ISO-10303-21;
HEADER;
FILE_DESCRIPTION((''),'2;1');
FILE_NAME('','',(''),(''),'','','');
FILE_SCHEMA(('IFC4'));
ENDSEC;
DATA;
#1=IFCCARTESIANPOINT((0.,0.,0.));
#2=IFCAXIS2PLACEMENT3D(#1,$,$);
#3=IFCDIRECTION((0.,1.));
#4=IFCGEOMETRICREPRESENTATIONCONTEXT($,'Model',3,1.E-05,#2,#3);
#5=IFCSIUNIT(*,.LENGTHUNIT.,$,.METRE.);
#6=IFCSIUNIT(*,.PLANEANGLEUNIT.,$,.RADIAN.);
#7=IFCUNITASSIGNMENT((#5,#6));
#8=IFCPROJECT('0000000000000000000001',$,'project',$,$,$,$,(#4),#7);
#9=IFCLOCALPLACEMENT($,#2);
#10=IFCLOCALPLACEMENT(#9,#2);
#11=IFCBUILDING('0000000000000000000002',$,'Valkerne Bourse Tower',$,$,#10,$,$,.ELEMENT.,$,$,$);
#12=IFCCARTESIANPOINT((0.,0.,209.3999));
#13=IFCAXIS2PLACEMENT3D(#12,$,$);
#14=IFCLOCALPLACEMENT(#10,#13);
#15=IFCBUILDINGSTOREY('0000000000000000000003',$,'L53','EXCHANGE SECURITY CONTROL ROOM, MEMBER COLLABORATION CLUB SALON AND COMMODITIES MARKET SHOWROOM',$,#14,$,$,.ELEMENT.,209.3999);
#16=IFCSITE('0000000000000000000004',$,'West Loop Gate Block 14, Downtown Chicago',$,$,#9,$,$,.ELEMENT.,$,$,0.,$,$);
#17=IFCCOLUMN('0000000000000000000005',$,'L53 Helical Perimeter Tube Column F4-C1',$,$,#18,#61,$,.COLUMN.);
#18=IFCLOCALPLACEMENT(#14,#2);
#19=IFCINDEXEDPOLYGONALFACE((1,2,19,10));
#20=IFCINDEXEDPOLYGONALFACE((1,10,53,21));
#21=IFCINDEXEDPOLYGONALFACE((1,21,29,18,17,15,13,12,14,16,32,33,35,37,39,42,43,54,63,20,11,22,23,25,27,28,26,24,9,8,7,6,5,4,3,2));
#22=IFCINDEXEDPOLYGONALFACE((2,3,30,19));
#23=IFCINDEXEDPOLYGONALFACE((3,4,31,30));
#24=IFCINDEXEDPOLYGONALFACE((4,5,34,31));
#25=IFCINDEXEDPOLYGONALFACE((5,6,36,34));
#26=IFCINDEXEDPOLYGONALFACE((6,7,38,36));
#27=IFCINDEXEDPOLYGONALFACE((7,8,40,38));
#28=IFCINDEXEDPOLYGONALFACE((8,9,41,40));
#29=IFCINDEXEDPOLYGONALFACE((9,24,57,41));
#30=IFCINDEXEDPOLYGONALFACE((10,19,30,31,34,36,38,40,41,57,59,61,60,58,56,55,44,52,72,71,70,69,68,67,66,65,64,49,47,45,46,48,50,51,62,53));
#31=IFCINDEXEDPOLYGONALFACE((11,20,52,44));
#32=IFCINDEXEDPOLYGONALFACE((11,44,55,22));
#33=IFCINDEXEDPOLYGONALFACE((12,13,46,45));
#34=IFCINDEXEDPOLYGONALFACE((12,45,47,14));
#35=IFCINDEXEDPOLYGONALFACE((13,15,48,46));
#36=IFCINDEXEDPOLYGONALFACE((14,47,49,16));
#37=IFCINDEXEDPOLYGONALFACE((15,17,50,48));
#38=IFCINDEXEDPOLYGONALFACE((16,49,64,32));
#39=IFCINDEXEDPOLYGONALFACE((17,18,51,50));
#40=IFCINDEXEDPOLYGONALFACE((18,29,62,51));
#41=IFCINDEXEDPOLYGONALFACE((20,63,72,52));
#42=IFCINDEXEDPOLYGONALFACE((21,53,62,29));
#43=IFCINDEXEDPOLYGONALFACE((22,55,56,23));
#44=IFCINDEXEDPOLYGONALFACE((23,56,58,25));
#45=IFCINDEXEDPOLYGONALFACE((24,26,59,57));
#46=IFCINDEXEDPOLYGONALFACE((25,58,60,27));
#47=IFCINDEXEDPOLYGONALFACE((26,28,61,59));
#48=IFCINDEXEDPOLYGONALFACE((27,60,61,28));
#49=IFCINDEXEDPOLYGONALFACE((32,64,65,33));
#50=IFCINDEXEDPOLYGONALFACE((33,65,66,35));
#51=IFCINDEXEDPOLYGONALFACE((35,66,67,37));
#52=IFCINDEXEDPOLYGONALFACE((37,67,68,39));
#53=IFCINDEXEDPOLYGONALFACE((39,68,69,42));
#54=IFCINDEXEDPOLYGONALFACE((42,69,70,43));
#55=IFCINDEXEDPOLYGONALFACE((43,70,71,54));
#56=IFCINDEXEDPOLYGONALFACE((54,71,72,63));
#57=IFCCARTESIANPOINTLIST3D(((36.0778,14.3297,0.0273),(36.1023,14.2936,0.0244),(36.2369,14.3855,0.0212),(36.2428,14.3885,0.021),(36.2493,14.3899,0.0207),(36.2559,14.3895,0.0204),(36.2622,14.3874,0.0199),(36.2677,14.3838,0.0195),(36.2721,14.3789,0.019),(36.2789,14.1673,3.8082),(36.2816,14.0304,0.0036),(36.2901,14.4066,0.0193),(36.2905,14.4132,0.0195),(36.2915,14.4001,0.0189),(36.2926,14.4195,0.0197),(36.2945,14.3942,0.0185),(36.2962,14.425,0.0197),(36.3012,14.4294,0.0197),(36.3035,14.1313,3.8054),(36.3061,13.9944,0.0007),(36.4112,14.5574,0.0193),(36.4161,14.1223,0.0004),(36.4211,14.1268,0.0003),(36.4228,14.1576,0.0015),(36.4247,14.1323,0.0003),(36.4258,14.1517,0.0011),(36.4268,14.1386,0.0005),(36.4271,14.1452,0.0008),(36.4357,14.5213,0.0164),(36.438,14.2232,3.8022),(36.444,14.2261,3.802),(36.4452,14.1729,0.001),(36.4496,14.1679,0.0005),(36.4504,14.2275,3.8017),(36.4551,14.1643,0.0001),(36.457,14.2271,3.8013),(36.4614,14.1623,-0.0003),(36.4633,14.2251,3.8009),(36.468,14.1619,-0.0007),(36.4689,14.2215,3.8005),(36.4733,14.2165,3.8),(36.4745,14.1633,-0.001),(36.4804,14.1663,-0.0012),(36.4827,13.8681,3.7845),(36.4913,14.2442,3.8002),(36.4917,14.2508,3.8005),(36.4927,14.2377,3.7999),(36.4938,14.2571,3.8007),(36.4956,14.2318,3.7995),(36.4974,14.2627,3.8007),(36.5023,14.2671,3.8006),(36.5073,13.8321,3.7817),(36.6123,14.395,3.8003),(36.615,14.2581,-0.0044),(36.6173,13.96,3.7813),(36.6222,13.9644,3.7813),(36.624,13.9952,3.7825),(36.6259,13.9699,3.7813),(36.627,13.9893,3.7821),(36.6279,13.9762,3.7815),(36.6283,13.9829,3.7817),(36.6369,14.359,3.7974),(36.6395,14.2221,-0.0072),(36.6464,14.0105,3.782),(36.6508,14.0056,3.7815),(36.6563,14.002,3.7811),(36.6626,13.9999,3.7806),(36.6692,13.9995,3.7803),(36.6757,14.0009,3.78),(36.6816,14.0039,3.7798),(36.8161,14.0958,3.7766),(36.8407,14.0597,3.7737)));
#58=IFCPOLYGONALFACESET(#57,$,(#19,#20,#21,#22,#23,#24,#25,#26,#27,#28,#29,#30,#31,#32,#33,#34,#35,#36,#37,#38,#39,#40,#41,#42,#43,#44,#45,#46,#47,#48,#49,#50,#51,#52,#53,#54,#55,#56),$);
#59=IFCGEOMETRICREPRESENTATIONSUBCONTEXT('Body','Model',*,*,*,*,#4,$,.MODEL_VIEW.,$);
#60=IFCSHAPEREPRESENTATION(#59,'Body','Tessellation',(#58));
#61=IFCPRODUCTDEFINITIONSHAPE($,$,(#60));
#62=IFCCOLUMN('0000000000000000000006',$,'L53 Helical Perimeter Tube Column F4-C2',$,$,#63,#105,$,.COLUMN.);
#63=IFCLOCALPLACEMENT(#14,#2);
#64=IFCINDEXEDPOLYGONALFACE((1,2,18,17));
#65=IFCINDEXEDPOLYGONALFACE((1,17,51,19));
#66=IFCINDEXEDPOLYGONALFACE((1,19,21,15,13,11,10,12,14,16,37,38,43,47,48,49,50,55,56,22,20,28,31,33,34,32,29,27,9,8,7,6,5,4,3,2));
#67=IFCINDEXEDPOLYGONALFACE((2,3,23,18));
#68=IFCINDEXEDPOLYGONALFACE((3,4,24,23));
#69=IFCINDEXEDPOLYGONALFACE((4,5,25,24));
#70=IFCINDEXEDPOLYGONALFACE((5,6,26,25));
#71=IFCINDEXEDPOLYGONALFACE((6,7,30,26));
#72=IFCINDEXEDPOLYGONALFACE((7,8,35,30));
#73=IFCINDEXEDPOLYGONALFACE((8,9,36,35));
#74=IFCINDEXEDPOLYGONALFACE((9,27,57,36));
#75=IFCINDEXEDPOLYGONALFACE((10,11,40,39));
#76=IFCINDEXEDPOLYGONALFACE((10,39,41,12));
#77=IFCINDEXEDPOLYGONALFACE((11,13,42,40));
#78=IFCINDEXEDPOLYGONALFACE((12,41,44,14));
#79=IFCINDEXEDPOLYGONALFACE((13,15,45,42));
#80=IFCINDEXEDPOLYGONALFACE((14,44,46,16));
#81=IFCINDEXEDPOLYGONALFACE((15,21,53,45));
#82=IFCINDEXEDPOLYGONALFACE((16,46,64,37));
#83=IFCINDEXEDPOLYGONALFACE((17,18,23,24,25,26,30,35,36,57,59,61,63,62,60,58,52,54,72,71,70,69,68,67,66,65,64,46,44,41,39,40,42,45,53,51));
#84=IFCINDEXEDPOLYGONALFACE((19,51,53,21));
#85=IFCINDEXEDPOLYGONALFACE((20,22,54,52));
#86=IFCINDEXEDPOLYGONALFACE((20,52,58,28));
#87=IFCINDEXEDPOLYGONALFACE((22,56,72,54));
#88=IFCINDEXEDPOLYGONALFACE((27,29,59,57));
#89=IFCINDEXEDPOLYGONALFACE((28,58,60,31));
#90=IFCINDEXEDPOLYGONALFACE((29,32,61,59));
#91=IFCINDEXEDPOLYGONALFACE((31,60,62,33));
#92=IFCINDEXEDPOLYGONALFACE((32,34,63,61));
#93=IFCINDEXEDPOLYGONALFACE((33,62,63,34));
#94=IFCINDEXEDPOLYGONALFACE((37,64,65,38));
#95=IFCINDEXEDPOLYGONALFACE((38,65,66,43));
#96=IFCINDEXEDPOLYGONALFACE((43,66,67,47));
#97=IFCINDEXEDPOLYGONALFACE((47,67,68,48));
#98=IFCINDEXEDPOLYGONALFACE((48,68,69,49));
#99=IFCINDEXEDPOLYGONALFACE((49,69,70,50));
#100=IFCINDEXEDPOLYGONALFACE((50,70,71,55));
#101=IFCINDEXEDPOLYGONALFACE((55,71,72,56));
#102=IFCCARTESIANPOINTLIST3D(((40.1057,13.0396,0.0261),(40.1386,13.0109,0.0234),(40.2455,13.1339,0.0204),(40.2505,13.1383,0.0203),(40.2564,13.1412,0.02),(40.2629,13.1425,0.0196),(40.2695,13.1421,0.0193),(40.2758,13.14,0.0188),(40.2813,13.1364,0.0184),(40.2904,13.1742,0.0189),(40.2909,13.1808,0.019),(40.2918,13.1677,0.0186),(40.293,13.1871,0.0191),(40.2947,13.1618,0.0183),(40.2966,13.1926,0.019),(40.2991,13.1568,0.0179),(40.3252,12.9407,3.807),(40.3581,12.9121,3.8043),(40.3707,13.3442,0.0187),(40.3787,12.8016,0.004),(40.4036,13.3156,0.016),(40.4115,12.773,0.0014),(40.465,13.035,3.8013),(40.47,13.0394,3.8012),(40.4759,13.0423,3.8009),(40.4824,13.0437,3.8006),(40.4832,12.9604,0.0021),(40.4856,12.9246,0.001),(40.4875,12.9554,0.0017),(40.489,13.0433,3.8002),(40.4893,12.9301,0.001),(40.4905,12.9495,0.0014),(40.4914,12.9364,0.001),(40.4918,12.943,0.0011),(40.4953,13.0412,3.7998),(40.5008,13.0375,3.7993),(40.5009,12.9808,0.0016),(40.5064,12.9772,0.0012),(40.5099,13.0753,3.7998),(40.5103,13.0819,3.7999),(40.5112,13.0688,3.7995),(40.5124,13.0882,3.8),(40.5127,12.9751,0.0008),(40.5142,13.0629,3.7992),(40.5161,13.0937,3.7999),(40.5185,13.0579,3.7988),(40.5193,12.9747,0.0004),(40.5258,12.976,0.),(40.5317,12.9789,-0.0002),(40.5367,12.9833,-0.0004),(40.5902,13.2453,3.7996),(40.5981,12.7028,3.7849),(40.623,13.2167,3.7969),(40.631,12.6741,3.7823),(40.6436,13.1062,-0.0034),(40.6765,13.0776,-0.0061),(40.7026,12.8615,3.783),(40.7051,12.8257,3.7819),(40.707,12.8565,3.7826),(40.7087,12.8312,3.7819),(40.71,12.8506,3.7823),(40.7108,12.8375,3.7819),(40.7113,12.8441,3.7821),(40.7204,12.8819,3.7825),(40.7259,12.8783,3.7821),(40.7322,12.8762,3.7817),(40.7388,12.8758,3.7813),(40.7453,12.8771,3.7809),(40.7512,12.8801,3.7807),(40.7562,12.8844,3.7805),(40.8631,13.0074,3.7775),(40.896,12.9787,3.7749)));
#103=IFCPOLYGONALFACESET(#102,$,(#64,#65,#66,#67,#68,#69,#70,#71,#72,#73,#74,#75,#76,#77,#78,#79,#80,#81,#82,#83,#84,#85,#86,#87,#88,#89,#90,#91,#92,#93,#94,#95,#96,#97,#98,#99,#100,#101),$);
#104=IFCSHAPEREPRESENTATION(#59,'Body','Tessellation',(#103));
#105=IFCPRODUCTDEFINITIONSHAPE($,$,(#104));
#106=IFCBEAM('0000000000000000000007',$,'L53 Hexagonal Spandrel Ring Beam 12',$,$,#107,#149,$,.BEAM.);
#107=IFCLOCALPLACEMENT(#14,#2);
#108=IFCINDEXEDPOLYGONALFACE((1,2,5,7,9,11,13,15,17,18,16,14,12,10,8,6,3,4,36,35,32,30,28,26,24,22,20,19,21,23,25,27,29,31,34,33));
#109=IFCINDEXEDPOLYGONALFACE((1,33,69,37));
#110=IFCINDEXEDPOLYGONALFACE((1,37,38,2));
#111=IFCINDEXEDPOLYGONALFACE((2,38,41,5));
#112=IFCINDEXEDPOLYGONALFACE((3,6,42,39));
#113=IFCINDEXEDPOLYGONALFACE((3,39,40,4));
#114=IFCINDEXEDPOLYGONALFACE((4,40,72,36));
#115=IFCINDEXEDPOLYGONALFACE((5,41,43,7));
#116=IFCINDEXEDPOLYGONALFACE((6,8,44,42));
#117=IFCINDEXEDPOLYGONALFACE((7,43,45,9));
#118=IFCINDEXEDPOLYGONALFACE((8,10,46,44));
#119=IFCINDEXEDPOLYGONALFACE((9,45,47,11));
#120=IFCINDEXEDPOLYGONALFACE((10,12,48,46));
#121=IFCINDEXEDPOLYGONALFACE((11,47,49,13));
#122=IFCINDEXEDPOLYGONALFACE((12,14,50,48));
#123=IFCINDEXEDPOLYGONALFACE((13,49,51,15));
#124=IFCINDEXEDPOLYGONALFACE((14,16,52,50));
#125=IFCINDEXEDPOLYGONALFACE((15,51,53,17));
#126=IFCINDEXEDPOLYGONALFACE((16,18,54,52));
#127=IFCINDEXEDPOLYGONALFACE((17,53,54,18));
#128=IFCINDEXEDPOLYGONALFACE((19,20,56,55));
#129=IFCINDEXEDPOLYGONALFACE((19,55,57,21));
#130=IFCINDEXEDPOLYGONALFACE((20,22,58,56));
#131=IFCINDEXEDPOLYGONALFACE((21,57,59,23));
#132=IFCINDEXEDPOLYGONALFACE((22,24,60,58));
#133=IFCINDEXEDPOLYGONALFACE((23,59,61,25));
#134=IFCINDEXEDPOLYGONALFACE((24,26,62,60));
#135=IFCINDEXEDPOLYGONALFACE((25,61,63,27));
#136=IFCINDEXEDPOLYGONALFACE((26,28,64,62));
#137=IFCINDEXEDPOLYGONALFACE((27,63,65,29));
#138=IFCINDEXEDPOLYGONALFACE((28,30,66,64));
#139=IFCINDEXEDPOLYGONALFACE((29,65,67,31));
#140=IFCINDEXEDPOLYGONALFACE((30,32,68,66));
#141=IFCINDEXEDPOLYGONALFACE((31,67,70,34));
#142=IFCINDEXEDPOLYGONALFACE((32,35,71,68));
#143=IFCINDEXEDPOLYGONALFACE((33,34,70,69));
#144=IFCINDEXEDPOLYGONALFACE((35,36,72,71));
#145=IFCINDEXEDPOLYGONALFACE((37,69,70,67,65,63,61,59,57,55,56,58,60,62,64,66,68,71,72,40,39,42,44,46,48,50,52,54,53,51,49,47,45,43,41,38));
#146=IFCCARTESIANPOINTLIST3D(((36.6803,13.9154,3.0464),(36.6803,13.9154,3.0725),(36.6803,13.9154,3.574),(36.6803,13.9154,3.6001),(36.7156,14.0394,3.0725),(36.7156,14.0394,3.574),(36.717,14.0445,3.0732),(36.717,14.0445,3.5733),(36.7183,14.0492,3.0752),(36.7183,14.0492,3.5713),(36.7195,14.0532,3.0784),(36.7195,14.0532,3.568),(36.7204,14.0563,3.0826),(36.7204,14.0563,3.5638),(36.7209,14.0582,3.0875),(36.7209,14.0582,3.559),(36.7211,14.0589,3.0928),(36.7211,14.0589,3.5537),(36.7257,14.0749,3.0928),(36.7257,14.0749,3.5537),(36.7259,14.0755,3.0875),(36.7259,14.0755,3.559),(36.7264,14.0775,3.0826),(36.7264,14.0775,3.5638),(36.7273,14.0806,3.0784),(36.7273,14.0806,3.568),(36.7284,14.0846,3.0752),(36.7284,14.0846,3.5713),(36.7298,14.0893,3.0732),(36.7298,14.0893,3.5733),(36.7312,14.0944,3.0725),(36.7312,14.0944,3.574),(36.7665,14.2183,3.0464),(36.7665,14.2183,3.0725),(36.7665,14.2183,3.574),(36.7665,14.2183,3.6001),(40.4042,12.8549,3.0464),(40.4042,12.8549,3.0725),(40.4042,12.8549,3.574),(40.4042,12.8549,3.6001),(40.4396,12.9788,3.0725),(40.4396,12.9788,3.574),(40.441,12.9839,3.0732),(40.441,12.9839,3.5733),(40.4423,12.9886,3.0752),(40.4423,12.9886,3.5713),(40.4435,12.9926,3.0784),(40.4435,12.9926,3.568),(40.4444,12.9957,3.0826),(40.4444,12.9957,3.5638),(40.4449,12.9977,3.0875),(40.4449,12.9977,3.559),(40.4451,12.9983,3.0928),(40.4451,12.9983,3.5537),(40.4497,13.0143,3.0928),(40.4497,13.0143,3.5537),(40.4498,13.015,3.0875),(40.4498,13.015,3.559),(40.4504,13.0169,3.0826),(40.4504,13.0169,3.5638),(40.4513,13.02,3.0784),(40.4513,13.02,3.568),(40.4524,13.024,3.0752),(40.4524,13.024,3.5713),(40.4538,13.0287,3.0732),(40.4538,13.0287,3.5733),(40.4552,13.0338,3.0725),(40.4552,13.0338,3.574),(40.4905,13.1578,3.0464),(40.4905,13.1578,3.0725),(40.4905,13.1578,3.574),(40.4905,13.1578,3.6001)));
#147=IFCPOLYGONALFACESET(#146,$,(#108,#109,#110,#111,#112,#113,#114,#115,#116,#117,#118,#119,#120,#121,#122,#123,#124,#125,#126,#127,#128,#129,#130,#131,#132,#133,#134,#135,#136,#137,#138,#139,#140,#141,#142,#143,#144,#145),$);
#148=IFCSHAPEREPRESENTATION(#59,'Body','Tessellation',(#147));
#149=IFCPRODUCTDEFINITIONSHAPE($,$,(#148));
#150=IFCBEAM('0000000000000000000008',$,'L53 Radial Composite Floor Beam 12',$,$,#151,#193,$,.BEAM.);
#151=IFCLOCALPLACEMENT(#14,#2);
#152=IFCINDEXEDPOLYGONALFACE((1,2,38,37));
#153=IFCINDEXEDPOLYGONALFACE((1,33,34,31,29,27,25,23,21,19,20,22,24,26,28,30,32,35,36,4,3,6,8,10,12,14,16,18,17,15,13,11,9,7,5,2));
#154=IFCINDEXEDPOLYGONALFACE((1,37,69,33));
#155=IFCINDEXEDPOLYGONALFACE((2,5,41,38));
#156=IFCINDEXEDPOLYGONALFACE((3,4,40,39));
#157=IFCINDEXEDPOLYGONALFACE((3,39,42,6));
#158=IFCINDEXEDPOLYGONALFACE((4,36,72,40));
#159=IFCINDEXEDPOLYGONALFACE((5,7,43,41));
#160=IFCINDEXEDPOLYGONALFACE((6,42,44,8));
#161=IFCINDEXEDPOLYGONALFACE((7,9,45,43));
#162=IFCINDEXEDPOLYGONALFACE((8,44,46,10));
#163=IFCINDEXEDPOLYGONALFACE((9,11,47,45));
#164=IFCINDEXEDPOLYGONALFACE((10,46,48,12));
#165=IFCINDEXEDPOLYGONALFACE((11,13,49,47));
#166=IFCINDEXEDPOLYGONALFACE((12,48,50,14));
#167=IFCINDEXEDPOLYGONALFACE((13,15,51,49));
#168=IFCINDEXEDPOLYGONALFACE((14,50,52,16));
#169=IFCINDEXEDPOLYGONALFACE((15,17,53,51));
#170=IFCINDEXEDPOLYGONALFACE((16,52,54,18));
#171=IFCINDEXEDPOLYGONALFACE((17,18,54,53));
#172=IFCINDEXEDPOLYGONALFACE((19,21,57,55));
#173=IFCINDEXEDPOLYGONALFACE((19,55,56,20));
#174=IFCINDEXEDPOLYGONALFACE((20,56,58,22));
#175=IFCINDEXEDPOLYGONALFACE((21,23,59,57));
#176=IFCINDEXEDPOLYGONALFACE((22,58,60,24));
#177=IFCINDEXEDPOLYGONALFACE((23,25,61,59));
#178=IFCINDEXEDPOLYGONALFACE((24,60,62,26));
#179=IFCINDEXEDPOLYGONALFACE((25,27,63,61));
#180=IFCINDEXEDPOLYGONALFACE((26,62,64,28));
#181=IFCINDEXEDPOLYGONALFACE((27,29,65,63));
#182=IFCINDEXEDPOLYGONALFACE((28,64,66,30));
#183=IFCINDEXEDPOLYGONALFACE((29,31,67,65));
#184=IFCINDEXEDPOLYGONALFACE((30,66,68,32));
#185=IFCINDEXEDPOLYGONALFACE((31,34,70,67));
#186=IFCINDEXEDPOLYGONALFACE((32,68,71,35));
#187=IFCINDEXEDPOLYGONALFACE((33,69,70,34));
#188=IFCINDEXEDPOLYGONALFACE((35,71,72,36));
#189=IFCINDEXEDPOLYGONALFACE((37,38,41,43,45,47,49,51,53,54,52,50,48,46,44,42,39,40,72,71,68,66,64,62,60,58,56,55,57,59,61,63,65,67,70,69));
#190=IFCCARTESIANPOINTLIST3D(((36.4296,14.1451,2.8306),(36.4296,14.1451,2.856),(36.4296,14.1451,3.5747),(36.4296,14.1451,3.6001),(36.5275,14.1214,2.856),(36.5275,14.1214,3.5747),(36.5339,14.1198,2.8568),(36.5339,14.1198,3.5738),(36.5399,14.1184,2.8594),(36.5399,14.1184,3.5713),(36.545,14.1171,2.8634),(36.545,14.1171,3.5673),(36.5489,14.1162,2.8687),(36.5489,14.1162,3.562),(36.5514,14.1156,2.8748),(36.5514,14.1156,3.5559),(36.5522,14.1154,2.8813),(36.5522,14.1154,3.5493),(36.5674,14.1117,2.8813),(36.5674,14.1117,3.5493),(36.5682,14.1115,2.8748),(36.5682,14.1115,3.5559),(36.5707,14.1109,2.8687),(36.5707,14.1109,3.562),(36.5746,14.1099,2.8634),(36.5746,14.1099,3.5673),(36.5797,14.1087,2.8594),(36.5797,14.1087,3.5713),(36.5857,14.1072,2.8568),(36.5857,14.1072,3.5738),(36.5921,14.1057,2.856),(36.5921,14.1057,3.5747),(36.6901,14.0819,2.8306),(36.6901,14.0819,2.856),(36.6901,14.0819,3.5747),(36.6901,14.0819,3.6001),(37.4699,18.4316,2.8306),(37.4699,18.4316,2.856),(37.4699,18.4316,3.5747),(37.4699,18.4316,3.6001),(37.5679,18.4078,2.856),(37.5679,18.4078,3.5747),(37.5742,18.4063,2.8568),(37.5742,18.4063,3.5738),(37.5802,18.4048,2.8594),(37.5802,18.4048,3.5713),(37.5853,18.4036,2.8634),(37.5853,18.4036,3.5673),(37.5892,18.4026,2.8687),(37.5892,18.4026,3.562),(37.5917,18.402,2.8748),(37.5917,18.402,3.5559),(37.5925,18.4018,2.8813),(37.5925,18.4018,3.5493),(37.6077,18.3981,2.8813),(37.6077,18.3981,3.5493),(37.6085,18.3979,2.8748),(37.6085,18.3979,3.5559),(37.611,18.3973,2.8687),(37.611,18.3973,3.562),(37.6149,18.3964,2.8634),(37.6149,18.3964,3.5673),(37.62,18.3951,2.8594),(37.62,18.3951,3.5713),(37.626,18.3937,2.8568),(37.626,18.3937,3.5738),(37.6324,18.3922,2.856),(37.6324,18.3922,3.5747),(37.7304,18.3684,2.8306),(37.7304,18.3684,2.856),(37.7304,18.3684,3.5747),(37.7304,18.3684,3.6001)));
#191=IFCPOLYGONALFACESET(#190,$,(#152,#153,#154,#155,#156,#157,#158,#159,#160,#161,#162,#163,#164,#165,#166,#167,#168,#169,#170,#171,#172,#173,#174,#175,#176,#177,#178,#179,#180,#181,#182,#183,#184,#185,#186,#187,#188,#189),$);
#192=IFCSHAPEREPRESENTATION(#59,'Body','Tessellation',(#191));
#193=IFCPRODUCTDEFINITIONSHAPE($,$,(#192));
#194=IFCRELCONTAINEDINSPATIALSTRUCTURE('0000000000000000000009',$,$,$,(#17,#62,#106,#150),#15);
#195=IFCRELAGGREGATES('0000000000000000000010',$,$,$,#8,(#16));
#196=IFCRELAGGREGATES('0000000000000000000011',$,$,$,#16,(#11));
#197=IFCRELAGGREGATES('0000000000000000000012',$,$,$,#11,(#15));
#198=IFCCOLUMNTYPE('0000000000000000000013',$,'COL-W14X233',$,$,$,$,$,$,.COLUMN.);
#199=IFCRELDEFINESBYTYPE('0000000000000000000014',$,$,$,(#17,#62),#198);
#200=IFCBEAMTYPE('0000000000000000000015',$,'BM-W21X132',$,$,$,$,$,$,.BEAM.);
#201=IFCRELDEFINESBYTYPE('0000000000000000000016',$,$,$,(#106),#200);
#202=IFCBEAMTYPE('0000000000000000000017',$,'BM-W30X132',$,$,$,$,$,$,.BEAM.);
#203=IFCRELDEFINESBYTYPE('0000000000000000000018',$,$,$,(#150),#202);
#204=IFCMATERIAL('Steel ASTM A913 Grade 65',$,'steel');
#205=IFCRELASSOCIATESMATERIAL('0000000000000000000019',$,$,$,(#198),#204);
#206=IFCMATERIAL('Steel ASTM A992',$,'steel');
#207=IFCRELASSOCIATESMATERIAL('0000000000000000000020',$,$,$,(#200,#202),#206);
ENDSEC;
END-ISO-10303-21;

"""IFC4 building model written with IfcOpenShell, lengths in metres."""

from ifc_helpers import new_model, si_unit, direction, frame, origin, origin_2d, place, context, subcontext, project, spatial, i_section, extrude, material, material_profile, profile_set, type_object, element, save


model = new_model("IFC4")

# Units and contexts
model_context = context("Model", 3, precision=1e-05, world=origin(), true_north=direction((0.0, 1.0)))
body_context = subcontext(model_context, "Body", "Model", "MODEL_VIEW")
ifc_project = project(units=[si_unit("LENGTHUNIT", "METRE"), si_unit("PLANEANGLEUNIT", "RADIAN")], contexts=[model_context])

# Site, building, storey
site_placement = place(None, origin())
site = spatial("IfcSite", under=ifc_project, at=site_placement, Name="West Loop Gate Block 14, Downtown Chicago", CompositionType="ELEMENT", RefElevation=0.0)
building_placement = place(site_placement, origin())
building = spatial("IfcBuilding", under=site, at=building_placement, Name="Valkerne Bourse Tower", CompositionType="ELEMENT")
storey_placement = place(building_placement, frame((0.0, 0.0, 209.3999)))
storey = spatial("IfcBuildingStorey", under=building, at=storey_placement, Name="L53", Description="EXCHANGE SECURITY CONTROL ROOM, MEMBER COLLABORATION CLUB SALON AND COMMODITIES MARKET SHOWROOM", CompositionType="ELEMENT", Elevation=209.3999)

# Columns
ifc_material_1 = material(Name="Steel ASTM A913 Grade 65", Category="steel")
ifc_material_profile_1 = material_profile(ifc_material_1, i_section(OverallWidth=0.4038, OverallDepth=0.4065, WebThickness=0.0271, FlangeThickness=0.0437, FilletRadius=0.0254, at=origin_2d()), Name="W14X233")
ifc_profile_set_1 = profile_set([ifc_material_profile_1], Name="Steel ASTM A913 Grade 65")
column_type = type_object("IfcColumnType", Name="COL-W14X233", PredefinedType="COLUMN", material=ifc_profile_set_1)
column_1_placement = place(storey_placement, frame((36.3586, 14.2759, 0.01), z_axis=(0.053082, -0.042839, 0.997671), x_axis=(0.825622, 0.563879, -0.019715)))
element("IfcColumn", 1, at=column_1_placement, inside=storey, type_object=column_type, Name="L53 Helical Perimeter Tube Column F4-C1", PredefinedType="COLUMN", context=body_context, shape_type="SweptSolid", body=[
    extrude(i_section(OverallWidth=0.4038, OverallDepth=0.4065, WebThickness=0.0271, FlangeThickness=0.0437, FilletRadius=0.0254, at=origin_2d()), origin(), (0.0, 0.0, 1.0), 3.7898),
])
column_2_placement = place(storey_placement, frame((40.3911, 13.0586, 0.01), z_axis=(0.057931, -0.026098, 0.997979), x_axis=(0.656206, 0.754358, -0.018365)))
element("IfcColumn", 2, at=column_2_placement, inside=storey, type_object=column_type, Name="L53 Helical Perimeter Tube Column F4-C2", PredefinedType="COLUMN", context=body_context, shape_type="SweptSolid", body=[
    extrude(i_section(OverallWidth=0.4038, OverallDepth=0.4065, WebThickness=0.0271, FlangeThickness=0.0437, FilletRadius=0.0254, at=origin_2d()), origin(), (0.0, 0.0, 1.0), 3.7886),
])

# Beams
ifc_material_2 = material(Name="Steel ASTM A992", Category="steel")
ifc_material_profile_2 = material_profile(ifc_material_2, i_section(OverallWidth=0.3149, OverallDepth=0.5537, WebThickness=0.0166, FlangeThickness=0.0261, FilletRadius=0.0203, at=origin_2d()), Name="W21X132")
ifc_profile_set_2 = profile_set([ifc_material_profile_2], Name="Steel ASTM A992")
beam_type_1 = type_object("IfcBeamType", Name="BM-W21X132", PredefinedType="BEAM", material=ifc_profile_set_2)
beam_1_placement = place(storey_placement, frame((36.7234, 14.0669, 3.3232), z_axis=(0.961757, -0.273905, 0.0), x_axis=(0.273905, 0.961757, 0.0)))
element("IfcBeam", 3, at=beam_1_placement, inside=storey, type_object=beam_type_1, Name="L53 Hexagonal Spandrel Ring Beam 12", PredefinedType="BEAM", context=body_context, shape_type="SweptSolid", body=[
    extrude(i_section(OverallWidth=0.3149, OverallDepth=0.5537, WebThickness=0.0166, FlangeThickness=0.0261, FilletRadius=0.0203, at=origin_2d()), origin(), (0.0, 0.0, 1.0), 3.8721),
])
ifc_material_profile_3 = material_profile(ifc_material_2, i_section(OverallWidth=0.2681, OverallDepth=0.7695, WebThickness=0.0156, FlangeThickness=0.0254, FilletRadius=0.0254, at=origin_2d()), Name="W30X132")
ifc_profile_set_3 = profile_set([ifc_material_profile_3], Name="Steel ASTM A992")
beam_type_2 = type_object("IfcBeamType", Name="BM-W30X132", PredefinedType="BEAM", material=ifc_profile_set_3)
beam_2_placement = place(storey_placement, frame((36.5598, 14.1135, 3.2153), z_axis=(0.235849, 0.97179, 0.0), x_axis=(-0.97179, 0.235849, 0.0)))
element("IfcBeam", 4, at=beam_2_placement, inside=storey, type_object=beam_type_2, Name="L53 Radial Composite Floor Beam 12", PredefinedType="BEAM", context=body_context, shape_type="SweptSolid", body=[
    extrude(i_section(OverallWidth=0.2681, OverallDepth=0.7695, WebThickness=0.0156, FlangeThickness=0.0254, FilletRadius=0.0254, at=origin_2d()), origin(), (0.0, 0.0, 1.0), 4.4109),
])

save(model, "model.ifc")
